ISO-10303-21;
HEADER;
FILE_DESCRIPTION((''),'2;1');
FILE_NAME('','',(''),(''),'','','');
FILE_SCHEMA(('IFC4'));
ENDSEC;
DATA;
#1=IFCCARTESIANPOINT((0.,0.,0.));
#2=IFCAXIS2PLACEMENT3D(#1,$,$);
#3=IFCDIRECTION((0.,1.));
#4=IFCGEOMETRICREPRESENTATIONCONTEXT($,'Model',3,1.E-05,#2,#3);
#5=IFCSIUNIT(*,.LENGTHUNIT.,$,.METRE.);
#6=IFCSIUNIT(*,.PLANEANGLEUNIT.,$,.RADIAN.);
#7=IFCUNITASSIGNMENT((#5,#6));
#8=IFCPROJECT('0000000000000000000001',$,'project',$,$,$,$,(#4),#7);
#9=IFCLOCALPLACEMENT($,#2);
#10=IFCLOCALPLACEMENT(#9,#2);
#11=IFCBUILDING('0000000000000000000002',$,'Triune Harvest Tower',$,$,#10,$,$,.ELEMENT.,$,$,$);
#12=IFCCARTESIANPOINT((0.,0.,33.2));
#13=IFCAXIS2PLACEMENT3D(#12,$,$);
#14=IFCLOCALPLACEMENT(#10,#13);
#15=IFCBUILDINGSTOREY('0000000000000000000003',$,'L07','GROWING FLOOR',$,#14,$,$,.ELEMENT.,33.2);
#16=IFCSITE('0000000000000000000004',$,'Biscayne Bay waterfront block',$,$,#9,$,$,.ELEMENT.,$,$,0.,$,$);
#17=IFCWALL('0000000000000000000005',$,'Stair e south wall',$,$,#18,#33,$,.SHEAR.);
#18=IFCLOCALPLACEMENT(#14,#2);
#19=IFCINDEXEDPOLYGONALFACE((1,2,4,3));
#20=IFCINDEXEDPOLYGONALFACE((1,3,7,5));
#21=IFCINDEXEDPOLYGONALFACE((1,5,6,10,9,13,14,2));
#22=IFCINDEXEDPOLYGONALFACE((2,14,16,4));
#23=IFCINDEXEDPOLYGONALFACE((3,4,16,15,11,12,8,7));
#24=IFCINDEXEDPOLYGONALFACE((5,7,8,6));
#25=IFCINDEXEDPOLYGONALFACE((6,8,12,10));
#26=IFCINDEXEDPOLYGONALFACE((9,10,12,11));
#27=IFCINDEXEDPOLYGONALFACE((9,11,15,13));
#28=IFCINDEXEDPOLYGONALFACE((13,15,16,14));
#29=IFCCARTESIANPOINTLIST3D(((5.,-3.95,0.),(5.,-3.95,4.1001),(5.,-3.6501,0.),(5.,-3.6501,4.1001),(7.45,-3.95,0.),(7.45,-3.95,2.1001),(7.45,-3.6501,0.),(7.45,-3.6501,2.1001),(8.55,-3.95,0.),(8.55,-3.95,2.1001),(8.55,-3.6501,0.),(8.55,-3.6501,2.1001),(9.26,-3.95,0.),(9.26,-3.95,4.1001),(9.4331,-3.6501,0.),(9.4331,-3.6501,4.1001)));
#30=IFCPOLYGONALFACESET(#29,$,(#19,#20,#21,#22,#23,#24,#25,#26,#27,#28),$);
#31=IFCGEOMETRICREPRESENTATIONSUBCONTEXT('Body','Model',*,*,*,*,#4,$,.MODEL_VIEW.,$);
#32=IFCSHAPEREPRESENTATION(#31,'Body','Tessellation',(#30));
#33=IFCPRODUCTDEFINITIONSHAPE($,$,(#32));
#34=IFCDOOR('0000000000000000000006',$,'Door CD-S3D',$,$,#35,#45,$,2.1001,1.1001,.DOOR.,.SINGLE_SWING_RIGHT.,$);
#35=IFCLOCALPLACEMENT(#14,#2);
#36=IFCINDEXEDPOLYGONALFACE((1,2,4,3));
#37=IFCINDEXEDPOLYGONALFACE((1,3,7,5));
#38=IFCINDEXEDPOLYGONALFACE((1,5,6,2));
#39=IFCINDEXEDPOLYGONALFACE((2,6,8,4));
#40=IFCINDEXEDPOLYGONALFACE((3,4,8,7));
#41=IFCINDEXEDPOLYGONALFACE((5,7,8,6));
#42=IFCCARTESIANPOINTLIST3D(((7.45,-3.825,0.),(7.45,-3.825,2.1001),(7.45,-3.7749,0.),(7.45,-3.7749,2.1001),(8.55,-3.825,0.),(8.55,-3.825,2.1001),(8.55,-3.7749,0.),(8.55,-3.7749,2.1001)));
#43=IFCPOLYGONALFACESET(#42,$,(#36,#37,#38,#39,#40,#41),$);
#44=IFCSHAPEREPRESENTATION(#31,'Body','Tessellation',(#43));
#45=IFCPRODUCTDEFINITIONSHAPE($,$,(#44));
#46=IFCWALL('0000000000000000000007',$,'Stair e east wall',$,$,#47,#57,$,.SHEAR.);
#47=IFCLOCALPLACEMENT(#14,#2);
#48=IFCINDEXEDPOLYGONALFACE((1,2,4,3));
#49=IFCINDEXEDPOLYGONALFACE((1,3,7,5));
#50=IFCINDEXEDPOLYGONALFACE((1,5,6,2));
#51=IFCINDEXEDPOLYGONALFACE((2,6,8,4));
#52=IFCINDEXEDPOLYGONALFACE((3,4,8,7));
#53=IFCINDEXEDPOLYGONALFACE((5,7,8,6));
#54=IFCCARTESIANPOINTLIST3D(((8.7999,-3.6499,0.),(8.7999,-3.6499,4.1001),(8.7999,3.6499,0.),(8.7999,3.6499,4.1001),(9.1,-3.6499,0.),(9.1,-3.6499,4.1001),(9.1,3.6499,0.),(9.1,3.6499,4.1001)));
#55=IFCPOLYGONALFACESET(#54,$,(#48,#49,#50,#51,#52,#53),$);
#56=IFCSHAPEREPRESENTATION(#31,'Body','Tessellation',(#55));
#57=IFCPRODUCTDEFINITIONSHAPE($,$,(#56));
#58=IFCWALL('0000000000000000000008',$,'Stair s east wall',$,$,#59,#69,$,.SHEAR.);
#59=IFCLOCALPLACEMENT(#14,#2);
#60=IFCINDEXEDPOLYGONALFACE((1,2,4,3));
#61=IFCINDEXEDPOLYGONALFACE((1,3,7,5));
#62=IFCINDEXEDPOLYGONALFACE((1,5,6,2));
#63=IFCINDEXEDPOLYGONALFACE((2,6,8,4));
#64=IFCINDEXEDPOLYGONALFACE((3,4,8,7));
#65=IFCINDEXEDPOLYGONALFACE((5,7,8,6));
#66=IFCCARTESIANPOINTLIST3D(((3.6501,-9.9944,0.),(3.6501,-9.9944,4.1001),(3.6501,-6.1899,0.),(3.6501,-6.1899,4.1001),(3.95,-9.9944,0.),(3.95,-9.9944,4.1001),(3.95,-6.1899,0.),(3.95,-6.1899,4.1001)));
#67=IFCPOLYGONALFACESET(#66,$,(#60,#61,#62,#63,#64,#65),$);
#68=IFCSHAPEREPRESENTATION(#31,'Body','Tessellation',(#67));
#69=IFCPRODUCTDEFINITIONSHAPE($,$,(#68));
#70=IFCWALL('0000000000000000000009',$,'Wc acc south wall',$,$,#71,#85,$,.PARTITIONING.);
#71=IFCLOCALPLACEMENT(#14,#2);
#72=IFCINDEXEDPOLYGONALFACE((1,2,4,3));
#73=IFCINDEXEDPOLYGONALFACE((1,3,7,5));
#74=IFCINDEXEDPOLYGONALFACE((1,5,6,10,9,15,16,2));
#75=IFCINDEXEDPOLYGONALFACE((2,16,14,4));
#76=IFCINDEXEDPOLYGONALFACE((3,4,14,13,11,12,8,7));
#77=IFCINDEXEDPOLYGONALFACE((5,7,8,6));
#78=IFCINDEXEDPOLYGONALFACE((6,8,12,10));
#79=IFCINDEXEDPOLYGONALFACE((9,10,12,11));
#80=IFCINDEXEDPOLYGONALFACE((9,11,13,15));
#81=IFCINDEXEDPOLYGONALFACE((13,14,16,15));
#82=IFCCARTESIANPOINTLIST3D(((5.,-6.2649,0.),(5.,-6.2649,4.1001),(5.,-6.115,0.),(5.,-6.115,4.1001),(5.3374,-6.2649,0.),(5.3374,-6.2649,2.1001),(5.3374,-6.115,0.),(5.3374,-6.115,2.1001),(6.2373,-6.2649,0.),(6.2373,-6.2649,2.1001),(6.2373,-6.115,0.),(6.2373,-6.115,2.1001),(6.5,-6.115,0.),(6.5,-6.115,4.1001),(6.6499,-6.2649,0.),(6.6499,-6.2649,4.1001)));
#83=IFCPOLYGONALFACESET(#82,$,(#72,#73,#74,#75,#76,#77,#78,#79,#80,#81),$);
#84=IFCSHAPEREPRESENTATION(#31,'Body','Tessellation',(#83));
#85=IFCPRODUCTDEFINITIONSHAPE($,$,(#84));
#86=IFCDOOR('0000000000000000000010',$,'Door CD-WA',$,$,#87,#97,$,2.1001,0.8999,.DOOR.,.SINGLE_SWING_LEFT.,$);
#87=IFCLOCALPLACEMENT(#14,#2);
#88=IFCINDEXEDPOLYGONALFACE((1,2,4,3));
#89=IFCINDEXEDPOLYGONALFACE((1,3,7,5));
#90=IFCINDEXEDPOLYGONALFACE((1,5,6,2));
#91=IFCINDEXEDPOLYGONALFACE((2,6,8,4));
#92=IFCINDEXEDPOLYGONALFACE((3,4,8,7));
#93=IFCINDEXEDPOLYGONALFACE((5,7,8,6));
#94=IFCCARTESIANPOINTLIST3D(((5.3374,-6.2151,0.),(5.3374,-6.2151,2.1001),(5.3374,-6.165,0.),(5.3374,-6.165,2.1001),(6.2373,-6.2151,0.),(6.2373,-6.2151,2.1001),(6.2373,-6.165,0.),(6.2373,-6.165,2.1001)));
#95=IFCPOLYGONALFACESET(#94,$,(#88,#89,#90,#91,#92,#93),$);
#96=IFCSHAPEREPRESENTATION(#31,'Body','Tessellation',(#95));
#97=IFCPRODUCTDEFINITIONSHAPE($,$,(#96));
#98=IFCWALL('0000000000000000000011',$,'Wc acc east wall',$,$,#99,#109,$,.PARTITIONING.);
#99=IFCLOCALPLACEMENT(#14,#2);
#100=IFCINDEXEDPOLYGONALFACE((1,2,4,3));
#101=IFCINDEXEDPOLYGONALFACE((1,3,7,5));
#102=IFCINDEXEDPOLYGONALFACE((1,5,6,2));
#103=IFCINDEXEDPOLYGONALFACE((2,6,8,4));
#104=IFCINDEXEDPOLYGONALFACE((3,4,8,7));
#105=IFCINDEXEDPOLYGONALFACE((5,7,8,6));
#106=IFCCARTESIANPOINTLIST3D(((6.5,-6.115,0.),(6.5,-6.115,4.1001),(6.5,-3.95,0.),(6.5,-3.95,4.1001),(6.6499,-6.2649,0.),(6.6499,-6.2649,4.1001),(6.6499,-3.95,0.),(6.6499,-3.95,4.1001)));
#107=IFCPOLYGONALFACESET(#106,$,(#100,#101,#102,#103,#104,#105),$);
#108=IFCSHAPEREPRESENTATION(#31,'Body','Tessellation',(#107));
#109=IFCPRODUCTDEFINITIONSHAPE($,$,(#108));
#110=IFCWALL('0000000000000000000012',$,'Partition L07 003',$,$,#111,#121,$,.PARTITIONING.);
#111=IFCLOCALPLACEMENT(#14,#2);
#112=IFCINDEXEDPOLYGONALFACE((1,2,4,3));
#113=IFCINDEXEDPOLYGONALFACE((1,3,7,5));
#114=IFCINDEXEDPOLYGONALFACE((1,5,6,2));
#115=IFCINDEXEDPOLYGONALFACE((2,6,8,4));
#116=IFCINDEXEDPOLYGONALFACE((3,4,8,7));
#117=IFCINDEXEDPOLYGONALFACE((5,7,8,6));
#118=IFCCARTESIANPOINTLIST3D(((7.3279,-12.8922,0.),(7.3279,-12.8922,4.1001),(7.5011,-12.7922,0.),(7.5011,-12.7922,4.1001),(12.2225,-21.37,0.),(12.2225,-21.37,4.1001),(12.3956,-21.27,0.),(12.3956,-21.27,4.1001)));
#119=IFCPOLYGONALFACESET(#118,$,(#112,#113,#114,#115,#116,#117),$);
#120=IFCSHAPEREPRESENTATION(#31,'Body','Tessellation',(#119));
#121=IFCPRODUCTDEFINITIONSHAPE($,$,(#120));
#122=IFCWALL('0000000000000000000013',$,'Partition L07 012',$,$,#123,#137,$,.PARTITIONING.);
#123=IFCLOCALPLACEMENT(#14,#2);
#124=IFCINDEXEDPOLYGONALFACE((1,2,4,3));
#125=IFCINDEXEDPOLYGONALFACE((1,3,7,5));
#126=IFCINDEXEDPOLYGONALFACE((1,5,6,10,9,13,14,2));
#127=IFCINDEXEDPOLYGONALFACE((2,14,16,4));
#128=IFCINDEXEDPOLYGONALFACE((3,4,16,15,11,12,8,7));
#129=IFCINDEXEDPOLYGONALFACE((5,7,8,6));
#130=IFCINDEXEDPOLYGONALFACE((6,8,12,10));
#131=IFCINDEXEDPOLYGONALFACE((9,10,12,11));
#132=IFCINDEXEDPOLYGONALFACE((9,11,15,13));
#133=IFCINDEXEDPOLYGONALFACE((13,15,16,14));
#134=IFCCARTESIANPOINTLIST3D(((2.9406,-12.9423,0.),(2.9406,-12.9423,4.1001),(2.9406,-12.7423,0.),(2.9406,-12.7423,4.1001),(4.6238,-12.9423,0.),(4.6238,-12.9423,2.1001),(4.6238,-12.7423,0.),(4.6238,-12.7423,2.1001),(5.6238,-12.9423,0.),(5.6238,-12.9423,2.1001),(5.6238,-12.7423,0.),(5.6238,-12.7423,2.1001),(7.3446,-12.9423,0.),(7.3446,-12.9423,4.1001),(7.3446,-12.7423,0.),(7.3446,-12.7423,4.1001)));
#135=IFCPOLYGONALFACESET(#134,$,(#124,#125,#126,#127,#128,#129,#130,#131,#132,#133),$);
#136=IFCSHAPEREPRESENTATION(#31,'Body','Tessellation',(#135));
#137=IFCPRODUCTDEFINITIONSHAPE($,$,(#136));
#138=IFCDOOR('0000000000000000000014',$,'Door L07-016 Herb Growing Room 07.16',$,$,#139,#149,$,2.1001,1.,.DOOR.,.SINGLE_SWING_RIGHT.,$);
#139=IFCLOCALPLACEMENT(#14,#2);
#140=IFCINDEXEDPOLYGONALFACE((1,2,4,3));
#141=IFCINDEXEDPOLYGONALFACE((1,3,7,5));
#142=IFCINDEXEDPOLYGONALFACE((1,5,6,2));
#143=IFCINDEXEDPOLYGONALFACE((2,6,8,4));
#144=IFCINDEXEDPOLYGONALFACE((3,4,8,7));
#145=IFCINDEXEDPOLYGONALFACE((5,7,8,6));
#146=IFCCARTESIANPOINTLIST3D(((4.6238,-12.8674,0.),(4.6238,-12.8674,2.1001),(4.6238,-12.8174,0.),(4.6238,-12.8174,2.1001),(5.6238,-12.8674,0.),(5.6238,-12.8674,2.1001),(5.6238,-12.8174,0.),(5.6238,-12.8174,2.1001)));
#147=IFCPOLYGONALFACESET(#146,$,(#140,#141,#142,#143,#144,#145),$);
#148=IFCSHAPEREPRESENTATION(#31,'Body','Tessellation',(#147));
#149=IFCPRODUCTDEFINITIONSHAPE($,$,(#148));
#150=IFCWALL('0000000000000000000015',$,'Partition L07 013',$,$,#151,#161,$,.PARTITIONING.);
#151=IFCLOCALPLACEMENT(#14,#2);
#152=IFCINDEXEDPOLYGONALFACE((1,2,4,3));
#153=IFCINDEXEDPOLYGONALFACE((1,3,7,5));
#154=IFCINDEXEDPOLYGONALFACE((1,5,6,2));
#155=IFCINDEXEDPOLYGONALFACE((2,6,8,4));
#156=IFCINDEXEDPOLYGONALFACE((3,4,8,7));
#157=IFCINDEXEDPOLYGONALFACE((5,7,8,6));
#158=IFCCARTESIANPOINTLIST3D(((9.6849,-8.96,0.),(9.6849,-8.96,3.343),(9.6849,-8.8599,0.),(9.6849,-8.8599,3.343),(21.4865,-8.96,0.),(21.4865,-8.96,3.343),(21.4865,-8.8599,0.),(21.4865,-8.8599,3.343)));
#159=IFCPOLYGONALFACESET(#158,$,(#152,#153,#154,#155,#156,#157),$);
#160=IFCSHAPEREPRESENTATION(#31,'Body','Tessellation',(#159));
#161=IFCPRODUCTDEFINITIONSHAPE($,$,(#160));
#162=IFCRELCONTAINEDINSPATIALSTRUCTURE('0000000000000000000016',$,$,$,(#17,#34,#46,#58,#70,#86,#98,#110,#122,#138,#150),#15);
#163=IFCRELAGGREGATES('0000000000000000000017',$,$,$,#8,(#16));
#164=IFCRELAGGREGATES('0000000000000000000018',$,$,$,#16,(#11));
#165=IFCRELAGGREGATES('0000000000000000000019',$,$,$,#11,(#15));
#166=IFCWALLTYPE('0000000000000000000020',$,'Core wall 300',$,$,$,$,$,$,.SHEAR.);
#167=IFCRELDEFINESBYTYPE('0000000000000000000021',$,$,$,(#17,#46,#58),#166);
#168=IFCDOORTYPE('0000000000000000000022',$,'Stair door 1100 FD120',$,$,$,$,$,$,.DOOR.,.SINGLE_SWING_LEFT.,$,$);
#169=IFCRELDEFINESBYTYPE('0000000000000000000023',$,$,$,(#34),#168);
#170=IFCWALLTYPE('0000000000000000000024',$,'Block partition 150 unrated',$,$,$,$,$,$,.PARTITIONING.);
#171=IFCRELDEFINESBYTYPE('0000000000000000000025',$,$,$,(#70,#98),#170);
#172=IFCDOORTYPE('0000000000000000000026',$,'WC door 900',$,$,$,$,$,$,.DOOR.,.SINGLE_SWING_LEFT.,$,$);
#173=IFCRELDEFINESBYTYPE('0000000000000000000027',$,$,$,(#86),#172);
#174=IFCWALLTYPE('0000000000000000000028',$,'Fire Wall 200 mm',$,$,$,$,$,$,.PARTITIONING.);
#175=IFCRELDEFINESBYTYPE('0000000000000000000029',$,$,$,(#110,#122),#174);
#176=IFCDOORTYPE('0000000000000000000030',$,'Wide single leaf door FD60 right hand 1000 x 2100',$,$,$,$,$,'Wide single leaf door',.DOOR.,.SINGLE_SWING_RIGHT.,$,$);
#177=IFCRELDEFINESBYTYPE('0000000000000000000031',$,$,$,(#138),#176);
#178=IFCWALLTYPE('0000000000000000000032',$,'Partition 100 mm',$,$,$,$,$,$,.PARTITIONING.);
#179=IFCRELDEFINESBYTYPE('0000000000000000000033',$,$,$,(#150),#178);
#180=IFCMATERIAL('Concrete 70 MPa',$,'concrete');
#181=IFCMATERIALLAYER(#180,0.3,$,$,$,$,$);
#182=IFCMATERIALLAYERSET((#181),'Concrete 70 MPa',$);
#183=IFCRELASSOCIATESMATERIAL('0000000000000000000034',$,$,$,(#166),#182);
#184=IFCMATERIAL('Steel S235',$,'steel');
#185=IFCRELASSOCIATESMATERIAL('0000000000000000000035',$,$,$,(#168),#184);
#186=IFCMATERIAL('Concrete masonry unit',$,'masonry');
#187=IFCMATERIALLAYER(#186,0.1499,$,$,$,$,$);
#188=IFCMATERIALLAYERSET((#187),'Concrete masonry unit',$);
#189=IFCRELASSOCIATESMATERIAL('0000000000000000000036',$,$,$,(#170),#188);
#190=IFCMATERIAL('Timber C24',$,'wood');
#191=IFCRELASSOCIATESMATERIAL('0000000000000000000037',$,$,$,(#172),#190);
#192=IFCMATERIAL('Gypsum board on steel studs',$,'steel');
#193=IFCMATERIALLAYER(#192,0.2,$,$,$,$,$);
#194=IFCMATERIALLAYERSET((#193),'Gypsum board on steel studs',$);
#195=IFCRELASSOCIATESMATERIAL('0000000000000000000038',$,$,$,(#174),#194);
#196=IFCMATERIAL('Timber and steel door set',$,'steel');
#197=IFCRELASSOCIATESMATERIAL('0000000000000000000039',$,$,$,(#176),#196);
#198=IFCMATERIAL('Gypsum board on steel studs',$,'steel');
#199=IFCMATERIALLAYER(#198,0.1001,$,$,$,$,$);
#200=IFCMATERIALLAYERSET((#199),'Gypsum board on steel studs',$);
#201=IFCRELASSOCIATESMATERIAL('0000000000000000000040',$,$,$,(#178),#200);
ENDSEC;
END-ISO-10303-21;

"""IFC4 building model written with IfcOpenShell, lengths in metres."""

from ifc_helpers import new_model, si_unit, direction, frame, frame_2d, origin, place, context, subcontext, project, spatial, polyline, rectangle, outline, extrude, source, transform, mapped, material, layer, layer_set, type_object, element, fill, save


model = new_model("IFC4")

# Units and contexts
model_context = context("Model", 3, precision=1e-05, world=origin(), true_north=direction((0.0, 1.0)))
body_context = subcontext(model_context, "Body", "Model", "MODEL_VIEW")
ifc_project = project(units=[si_unit("LENGTHUNIT", "METRE"), si_unit("PLANEANGLEUNIT", "RADIAN")], contexts=[model_context])

# Site, building, storey
site_placement = place(None, origin())
site = spatial("IfcSite", under=ifc_project, at=site_placement, Name="Biscayne Bay waterfront block", CompositionType="ELEMENT", RefElevation=0.0)
building_placement = place(site_placement, origin())
building = spatial("IfcBuilding", under=site, at=building_placement, Name="Triune Harvest Tower", CompositionType="ELEMENT")
storey_placement = place(building_placement, frame((0.0, 0.0, 33.2)))
storey = spatial("IfcBuildingStorey", under=building, at=storey_placement, Name="L07", Description="GROWING FLOOR", CompositionType="ELEMENT", Elevation=33.2)

# Shared definitions
ifc_material_1 = material(Name="Concrete 70 MPa", Category="concrete")
ifc_layer_1 = layer(ifc_material_1, 0.3)
ifc_layer_set_1 = layer_set([ifc_layer_1], Name="Concrete 70 MPa")
wall_type_1 = type_object("IfcWallType", Name="Core wall 300", PredefinedType="SHEAR", material=ifc_layer_set_1)

# Wall, opening, door
ifc_material_2 = material(Name="Steel S235", Category="steel")
door_type_1 = type_object("IfcDoorType", Name="Stair door 1100 FD120", OperationType="SINGLE_SWING_LEFT", PredefinedType="DOOR", material=ifc_material_2)
shared_shape_1 = source(origin(), body_context, "Body", "SweptSolid", [
    extrude(outline(polyline([(0.0, -0.1499), (0.0, 0.1499), (4.4331, 0.1499), (4.26, -0.1499), (0.0, -0.1499)])), origin(), (0.0, 0.0, 1.0), 4.1001),
])
wall_1_placement = place(storey_placement, frame((5.0, -3.8, 0.0), z_axis=(0.0, 0.0, 1.0), x_axis=(1.0, 0.0, 0.0)))
wall_1 = element("IfcWall", 1, at=wall_1_placement, inside=storey, type_object=wall_type_1, Name="Stair e south wall", PredefinedType="SHEAR", context=body_context, shape_type="MappedRepresentation", body=[
    mapped(shared_shape_1, transform((0.0, 0.0, 0.0), scale=1.0)),
])
opening_1_placement = place(wall_1_placement, frame((2.45, 0.0, 0.0)))
opening_1 = element("IfcOpeningElement", 2, at=opening_1_placement, cuts=wall_1, PredefinedType="OPENING", context=body_context, shape_type="SweptSolid", body=[
    extrude(rectangle(XDim=1.1001, YDim=2.1001, at=frame_2d((0.55, 1.05))), frame((0.0, 0.1602, 0.0), z_axis=(0.0, -1.0, 0.0), x_axis=(1.0, 0.0, 0.0)), (0.0, 0.0, 1.0), 0.3201),
])
door_1_placement = place(opening_1_placement, frame((1.1001, 0.0, 0.0), z_axis=(0.0, 0.0, 1.0), x_axis=(-1.0, 0.0, 0.0)))
door_1 = element("IfcDoor", 3, at=door_1_placement, inside=storey, type_object=door_type_1, Name="Door CD-S3D", OperationType="SINGLE_SWING_RIGHT", OverallHeight=2.1001, OverallWidth=1.1001, PredefinedType="DOOR", context=body_context, shape_type="SweptSolid", body=[
    extrude(rectangle(XDim=1.1001, YDim=2.1001, at=frame_2d((0.55, 1.05))), frame((0.0, 0.0249, 0.0), z_axis=(0.0, -1.0, 0.0), x_axis=(1.0, 0.0, 0.0)), (0.0, 0.0, 1.0), 0.05),
])
fill(opening_1, door_1)

# Walls
shared_shape_2 = source(origin(), body_context, "Body", "SweptSolid", [
    extrude(rectangle(XDim=7.2998, YDim=0.3, at=frame_2d((3.6499, 0.0))), origin(), (0.0, 0.0, 1.0), 4.1001),
])
wall_2_placement = place(storey_placement, frame((8.95, -3.6499, 0.0), z_axis=(0.0, 0.0, 1.0), x_axis=(0.0, 1.0, 0.0)))
element("IfcWall", 4, at=wall_2_placement, inside=storey, type_object=wall_type_1, Name="Stair e east wall", PredefinedType="SHEAR", context=body_context, shape_type="MappedRepresentation", body=[
    mapped(shared_shape_2, transform((0.0, 0.0, 0.0), scale=1.0)),
])
shared_shape_3 = source(origin(), body_context, "Body", "SweptSolid", [
    extrude(outline(polyline([(3.8, -0.1499), (-0.0044, -0.1499), (-0.0044, 0.1499), (3.8, 0.1499), (3.8, -0.1499)])), origin(), (0.0, 0.0, 1.0), 4.1001),
])
wall_3_placement = place(storey_placement, frame((3.8, -9.99, 0.0), z_axis=(0.0, 0.0, 1.0), x_axis=(0.0, 1.0, 0.0)))
element("IfcWall", 5, at=wall_3_placement, inside=storey, type_object=wall_type_1, Name="Stair s east wall", PredefinedType="SHEAR", context=body_context, shape_type="MappedRepresentation", body=[
    mapped(shared_shape_3, transform((0.0, 0.0, 0.0), scale=1.0)),
])

# Wall, opening, door
ifc_material_3 = material(Name="Concrete masonry unit", Category="masonry")
ifc_layer_2 = layer(ifc_material_3, 0.1499)
ifc_layer_set_2 = layer_set([ifc_layer_2], Name="Concrete masonry unit")
wall_type_2 = type_object("IfcWallType", Name="Block partition 150 unrated", PredefinedType="PARTITIONING", material=ifc_layer_set_2)
shared_shape_4 = source(origin(), body_context, "Body", "SweptSolid", [
    extrude(outline(polyline([(0.0, -0.075), (1.6499, -0.075), (1.5, 0.075), (0.0, 0.075), (0.0, -0.075)])), origin(), (0.0, 0.0, 1.0), 4.1001),
])
wall_4_placement = place(storey_placement, frame((5.0, -6.1899, 0.0), z_axis=(0.0, 0.0, 1.0), x_axis=(1.0, 0.0, 0.0)))
wall_4 = element("IfcWall", 6, at=wall_4_placement, inside=storey, type_object=wall_type_2, Name="Wc acc south wall", PredefinedType="PARTITIONING", context=body_context, shape_type="MappedRepresentation", body=[
    mapped(shared_shape_4, transform((0.0, 0.0, 0.0), scale=1.0)),
])
opening_2_placement = place(wall_4_placement, frame((0.3374, 0.0, 0.0)))
opening_2 = element("IfcOpeningElement", 7, at=opening_2_placement, cuts=wall_4, PredefinedType="OPENING", context=body_context, shape_type="SweptSolid", body=[
    extrude(rectangle(XDim=0.8999, YDim=2.1001, at=frame_2d((0.45, 1.05))), frame((0.0, 0.085, 0.0), z_axis=(0.0, -1.0, 0.0), x_axis=(1.0, 0.0, 0.0)), (0.0, 0.0, 1.0), 0.1699),
])
ifc_material_4 = material(Name="Timber C24", Category="wood")
door_type_2 = type_object("IfcDoorType", Name="WC door 900", OperationType="SINGLE_SWING_LEFT", PredefinedType="DOOR", material=ifc_material_4)
door_2_placement = place(opening_2_placement, origin())
door_2 = element("IfcDoor", 8, at=door_2_placement, inside=storey, type_object=door_type_2, Name="Door CD-WA", OperationType="SINGLE_SWING_LEFT", OverallHeight=2.1001, OverallWidth=0.8999, PredefinedType="DOOR", context=body_context, shape_type="SweptSolid", body=[
    extrude(rectangle(XDim=0.8999, YDim=2.1001, at=frame_2d((0.45, 1.05))), frame((0.0, 0.0249, 0.0), z_axis=(0.0, -1.0, 0.0), x_axis=(1.0, 0.0, 0.0)), (0.0, 0.0, 1.0), 0.05),
])
fill(opening_2, door_2)

# Walls
shared_shape_5 = source(origin(), body_context, "Body", "SweptSolid", [
    extrude(outline(polyline([(-0.075, -0.075), (2.24, -0.075), (2.24, 0.075), (0.075, 0.075), (-0.075, -0.075)])), origin(), (0.0, 0.0, 1.0), 4.1001),
])
wall_5_placement = place(storey_placement, frame((6.575, -6.1899, 0.0), z_axis=(0.0, 0.0, 1.0), x_axis=(0.0, 1.0, 0.0)))
element("IfcWall", 9, at=wall_5_placement, inside=storey, type_object=wall_type_2, Name="Wc acc east wall", PredefinedType="PARTITIONING", context=body_context, shape_type="MappedRepresentation", body=[
    mapped(shared_shape_5, transform((0.0, 0.0, 0.0), scale=1.0)),
])
ifc_material_5 = material(Name="Gypsum board on steel studs", Category="steel")
ifc_layer_3 = layer(ifc_material_5, 0.2)
ifc_layer_set_3 = layer_set([ifc_layer_3], Name="Gypsum board on steel studs")
wall_type_3 = type_object("IfcWallType", Name="Fire Wall 200 mm", PredefinedType="PARTITIONING", material=ifc_layer_set_3)
shared_shape_6 = source(origin(), body_context, "Body", "SweptSolid", [
    extrude(rectangle(XDim=9.7893, YDim=0.2, at=frame_2d((4.8945, 0.0))), origin(), (0.0, 0.0, 1.0), 4.1001),
])
wall_6_placement = place(storey_placement, frame((7.4146, -12.8423, 0.0), z_axis=(0.0, 0.0, 1.0), x_axis=(0.499991, -0.866031, 0.0)))
element("IfcWall", 10, at=wall_6_placement, inside=storey, type_object=wall_type_3, Name="Partition L07 003", PredefinedType="PARTITIONING", context=body_context, shape_type="MappedRepresentation", body=[
    mapped(shared_shape_6, transform((0.0, 0.0, 0.0), scale=1.0)),
])

# Wall, opening, door
shared_shape_7 = source(origin(), body_context, "Body", "SweptSolid", [
    extrude(rectangle(XDim=4.4041, YDim=0.2, at=frame_2d((2.2021, 0.0))), origin(), (0.0, 0.0, 1.0), 4.1001),
])
wall_7_placement = place(storey_placement, frame((2.9404, -12.8423, 0.0), z_axis=(0.0, 0.0, 1.0), x_axis=(1.0, 0.0, 0.0)))
wall_7 = element("IfcWall", 11, at=wall_7_placement, inside=storey, type_object=wall_type_3, Name="Partition L07 012", PredefinedType="PARTITIONING", context=body_context, shape_type="MappedRepresentation", body=[
    mapped(shared_shape_7, transform((0.0, 0.0, 0.0), scale=1.0)),
])
opening_3_placement = place(wall_7_placement, frame((1.6833, 0.0, 0.0)))
opening_3 = element("IfcOpeningElement", 12, at=opening_3_placement, cuts=wall_7, PredefinedType="OPENING", context=body_context, shape_type="SweptSolid", body=[
    extrude(rectangle(XDim=1.0, YDim=2.1001, at=frame_2d((0.5, 1.05))), frame((0.0, 0.1099, 0.0), z_axis=(0.0, -1.0, 0.0), x_axis=(1.0, 0.0, 0.0)), (0.0, 0.0, 1.0), 0.22),
])
ifc_material_6 = material(Name="Timber and steel door set", Category="steel")
door_type_3 = type_object("IfcDoorType", Name="Wide single leaf door FD60 right hand 1000 x 2100", ElementType="Wide single leaf door", OperationType="SINGLE_SWING_RIGHT", PredefinedType="DOOR", material=ifc_material_6)
door_3_placement = place(opening_3_placement, origin())
door_3 = element("IfcDoor", 13, at=door_3_placement, inside=storey, type_object=door_type_3, Name="Door L07-016 Herb Growing Room 07.16", OperationType="SINGLE_SWING_RIGHT", OverallHeight=2.1001, OverallWidth=1.0, PredefinedType="DOOR", context=body_context, shape_type="SweptSolid", body=[
    extrude(rectangle(XDim=1.0, YDim=2.1001, at=frame_2d((0.5, 1.05))), frame((0.0, 0.0249, 0.0), z_axis=(0.0, -1.0, 0.0), x_axis=(1.0, 0.0, 0.0)), (0.0, 0.0, 1.0), 0.05),
])
fill(opening_3, door_3)

# Wall
ifc_material_7 = material(Name="Gypsum board on steel studs", Category="steel")
ifc_layer_4 = layer(ifc_material_7, 0.1001)
ifc_layer_set_4 = layer_set([ifc_layer_4], Name="Gypsum board on steel studs")
wall_type_4 = type_object("IfcWallType", Name="Partition 100 mm", PredefinedType="PARTITIONING", material=ifc_layer_set_4)
shared_shape_8 = source(origin(), body_context, "Body", "SweptSolid", [
    extrude(rectangle(XDim=11.8015, YDim=0.1001, at=frame_2d((5.9009, 0.0))), origin(), (0.0, 0.0, 1.0), 3.343),
])
wall_8_placement = place(storey_placement, frame((9.6848, -8.9099, 0.0), z_axis=(0.0, 0.0, 1.0), x_axis=(1.0, 0.0, 0.0)))
element("IfcWall", 14, at=wall_8_placement, inside=storey, type_object=wall_type_4, Name="Partition L07 013", PredefinedType="PARTITIONING", context=body_context, shape_type="MappedRepresentation", body=[
    mapped(shared_shape_8, transform((0.0, 0.0, 0.0), scale=1.0)),
])

save(model, "model.ifc")
